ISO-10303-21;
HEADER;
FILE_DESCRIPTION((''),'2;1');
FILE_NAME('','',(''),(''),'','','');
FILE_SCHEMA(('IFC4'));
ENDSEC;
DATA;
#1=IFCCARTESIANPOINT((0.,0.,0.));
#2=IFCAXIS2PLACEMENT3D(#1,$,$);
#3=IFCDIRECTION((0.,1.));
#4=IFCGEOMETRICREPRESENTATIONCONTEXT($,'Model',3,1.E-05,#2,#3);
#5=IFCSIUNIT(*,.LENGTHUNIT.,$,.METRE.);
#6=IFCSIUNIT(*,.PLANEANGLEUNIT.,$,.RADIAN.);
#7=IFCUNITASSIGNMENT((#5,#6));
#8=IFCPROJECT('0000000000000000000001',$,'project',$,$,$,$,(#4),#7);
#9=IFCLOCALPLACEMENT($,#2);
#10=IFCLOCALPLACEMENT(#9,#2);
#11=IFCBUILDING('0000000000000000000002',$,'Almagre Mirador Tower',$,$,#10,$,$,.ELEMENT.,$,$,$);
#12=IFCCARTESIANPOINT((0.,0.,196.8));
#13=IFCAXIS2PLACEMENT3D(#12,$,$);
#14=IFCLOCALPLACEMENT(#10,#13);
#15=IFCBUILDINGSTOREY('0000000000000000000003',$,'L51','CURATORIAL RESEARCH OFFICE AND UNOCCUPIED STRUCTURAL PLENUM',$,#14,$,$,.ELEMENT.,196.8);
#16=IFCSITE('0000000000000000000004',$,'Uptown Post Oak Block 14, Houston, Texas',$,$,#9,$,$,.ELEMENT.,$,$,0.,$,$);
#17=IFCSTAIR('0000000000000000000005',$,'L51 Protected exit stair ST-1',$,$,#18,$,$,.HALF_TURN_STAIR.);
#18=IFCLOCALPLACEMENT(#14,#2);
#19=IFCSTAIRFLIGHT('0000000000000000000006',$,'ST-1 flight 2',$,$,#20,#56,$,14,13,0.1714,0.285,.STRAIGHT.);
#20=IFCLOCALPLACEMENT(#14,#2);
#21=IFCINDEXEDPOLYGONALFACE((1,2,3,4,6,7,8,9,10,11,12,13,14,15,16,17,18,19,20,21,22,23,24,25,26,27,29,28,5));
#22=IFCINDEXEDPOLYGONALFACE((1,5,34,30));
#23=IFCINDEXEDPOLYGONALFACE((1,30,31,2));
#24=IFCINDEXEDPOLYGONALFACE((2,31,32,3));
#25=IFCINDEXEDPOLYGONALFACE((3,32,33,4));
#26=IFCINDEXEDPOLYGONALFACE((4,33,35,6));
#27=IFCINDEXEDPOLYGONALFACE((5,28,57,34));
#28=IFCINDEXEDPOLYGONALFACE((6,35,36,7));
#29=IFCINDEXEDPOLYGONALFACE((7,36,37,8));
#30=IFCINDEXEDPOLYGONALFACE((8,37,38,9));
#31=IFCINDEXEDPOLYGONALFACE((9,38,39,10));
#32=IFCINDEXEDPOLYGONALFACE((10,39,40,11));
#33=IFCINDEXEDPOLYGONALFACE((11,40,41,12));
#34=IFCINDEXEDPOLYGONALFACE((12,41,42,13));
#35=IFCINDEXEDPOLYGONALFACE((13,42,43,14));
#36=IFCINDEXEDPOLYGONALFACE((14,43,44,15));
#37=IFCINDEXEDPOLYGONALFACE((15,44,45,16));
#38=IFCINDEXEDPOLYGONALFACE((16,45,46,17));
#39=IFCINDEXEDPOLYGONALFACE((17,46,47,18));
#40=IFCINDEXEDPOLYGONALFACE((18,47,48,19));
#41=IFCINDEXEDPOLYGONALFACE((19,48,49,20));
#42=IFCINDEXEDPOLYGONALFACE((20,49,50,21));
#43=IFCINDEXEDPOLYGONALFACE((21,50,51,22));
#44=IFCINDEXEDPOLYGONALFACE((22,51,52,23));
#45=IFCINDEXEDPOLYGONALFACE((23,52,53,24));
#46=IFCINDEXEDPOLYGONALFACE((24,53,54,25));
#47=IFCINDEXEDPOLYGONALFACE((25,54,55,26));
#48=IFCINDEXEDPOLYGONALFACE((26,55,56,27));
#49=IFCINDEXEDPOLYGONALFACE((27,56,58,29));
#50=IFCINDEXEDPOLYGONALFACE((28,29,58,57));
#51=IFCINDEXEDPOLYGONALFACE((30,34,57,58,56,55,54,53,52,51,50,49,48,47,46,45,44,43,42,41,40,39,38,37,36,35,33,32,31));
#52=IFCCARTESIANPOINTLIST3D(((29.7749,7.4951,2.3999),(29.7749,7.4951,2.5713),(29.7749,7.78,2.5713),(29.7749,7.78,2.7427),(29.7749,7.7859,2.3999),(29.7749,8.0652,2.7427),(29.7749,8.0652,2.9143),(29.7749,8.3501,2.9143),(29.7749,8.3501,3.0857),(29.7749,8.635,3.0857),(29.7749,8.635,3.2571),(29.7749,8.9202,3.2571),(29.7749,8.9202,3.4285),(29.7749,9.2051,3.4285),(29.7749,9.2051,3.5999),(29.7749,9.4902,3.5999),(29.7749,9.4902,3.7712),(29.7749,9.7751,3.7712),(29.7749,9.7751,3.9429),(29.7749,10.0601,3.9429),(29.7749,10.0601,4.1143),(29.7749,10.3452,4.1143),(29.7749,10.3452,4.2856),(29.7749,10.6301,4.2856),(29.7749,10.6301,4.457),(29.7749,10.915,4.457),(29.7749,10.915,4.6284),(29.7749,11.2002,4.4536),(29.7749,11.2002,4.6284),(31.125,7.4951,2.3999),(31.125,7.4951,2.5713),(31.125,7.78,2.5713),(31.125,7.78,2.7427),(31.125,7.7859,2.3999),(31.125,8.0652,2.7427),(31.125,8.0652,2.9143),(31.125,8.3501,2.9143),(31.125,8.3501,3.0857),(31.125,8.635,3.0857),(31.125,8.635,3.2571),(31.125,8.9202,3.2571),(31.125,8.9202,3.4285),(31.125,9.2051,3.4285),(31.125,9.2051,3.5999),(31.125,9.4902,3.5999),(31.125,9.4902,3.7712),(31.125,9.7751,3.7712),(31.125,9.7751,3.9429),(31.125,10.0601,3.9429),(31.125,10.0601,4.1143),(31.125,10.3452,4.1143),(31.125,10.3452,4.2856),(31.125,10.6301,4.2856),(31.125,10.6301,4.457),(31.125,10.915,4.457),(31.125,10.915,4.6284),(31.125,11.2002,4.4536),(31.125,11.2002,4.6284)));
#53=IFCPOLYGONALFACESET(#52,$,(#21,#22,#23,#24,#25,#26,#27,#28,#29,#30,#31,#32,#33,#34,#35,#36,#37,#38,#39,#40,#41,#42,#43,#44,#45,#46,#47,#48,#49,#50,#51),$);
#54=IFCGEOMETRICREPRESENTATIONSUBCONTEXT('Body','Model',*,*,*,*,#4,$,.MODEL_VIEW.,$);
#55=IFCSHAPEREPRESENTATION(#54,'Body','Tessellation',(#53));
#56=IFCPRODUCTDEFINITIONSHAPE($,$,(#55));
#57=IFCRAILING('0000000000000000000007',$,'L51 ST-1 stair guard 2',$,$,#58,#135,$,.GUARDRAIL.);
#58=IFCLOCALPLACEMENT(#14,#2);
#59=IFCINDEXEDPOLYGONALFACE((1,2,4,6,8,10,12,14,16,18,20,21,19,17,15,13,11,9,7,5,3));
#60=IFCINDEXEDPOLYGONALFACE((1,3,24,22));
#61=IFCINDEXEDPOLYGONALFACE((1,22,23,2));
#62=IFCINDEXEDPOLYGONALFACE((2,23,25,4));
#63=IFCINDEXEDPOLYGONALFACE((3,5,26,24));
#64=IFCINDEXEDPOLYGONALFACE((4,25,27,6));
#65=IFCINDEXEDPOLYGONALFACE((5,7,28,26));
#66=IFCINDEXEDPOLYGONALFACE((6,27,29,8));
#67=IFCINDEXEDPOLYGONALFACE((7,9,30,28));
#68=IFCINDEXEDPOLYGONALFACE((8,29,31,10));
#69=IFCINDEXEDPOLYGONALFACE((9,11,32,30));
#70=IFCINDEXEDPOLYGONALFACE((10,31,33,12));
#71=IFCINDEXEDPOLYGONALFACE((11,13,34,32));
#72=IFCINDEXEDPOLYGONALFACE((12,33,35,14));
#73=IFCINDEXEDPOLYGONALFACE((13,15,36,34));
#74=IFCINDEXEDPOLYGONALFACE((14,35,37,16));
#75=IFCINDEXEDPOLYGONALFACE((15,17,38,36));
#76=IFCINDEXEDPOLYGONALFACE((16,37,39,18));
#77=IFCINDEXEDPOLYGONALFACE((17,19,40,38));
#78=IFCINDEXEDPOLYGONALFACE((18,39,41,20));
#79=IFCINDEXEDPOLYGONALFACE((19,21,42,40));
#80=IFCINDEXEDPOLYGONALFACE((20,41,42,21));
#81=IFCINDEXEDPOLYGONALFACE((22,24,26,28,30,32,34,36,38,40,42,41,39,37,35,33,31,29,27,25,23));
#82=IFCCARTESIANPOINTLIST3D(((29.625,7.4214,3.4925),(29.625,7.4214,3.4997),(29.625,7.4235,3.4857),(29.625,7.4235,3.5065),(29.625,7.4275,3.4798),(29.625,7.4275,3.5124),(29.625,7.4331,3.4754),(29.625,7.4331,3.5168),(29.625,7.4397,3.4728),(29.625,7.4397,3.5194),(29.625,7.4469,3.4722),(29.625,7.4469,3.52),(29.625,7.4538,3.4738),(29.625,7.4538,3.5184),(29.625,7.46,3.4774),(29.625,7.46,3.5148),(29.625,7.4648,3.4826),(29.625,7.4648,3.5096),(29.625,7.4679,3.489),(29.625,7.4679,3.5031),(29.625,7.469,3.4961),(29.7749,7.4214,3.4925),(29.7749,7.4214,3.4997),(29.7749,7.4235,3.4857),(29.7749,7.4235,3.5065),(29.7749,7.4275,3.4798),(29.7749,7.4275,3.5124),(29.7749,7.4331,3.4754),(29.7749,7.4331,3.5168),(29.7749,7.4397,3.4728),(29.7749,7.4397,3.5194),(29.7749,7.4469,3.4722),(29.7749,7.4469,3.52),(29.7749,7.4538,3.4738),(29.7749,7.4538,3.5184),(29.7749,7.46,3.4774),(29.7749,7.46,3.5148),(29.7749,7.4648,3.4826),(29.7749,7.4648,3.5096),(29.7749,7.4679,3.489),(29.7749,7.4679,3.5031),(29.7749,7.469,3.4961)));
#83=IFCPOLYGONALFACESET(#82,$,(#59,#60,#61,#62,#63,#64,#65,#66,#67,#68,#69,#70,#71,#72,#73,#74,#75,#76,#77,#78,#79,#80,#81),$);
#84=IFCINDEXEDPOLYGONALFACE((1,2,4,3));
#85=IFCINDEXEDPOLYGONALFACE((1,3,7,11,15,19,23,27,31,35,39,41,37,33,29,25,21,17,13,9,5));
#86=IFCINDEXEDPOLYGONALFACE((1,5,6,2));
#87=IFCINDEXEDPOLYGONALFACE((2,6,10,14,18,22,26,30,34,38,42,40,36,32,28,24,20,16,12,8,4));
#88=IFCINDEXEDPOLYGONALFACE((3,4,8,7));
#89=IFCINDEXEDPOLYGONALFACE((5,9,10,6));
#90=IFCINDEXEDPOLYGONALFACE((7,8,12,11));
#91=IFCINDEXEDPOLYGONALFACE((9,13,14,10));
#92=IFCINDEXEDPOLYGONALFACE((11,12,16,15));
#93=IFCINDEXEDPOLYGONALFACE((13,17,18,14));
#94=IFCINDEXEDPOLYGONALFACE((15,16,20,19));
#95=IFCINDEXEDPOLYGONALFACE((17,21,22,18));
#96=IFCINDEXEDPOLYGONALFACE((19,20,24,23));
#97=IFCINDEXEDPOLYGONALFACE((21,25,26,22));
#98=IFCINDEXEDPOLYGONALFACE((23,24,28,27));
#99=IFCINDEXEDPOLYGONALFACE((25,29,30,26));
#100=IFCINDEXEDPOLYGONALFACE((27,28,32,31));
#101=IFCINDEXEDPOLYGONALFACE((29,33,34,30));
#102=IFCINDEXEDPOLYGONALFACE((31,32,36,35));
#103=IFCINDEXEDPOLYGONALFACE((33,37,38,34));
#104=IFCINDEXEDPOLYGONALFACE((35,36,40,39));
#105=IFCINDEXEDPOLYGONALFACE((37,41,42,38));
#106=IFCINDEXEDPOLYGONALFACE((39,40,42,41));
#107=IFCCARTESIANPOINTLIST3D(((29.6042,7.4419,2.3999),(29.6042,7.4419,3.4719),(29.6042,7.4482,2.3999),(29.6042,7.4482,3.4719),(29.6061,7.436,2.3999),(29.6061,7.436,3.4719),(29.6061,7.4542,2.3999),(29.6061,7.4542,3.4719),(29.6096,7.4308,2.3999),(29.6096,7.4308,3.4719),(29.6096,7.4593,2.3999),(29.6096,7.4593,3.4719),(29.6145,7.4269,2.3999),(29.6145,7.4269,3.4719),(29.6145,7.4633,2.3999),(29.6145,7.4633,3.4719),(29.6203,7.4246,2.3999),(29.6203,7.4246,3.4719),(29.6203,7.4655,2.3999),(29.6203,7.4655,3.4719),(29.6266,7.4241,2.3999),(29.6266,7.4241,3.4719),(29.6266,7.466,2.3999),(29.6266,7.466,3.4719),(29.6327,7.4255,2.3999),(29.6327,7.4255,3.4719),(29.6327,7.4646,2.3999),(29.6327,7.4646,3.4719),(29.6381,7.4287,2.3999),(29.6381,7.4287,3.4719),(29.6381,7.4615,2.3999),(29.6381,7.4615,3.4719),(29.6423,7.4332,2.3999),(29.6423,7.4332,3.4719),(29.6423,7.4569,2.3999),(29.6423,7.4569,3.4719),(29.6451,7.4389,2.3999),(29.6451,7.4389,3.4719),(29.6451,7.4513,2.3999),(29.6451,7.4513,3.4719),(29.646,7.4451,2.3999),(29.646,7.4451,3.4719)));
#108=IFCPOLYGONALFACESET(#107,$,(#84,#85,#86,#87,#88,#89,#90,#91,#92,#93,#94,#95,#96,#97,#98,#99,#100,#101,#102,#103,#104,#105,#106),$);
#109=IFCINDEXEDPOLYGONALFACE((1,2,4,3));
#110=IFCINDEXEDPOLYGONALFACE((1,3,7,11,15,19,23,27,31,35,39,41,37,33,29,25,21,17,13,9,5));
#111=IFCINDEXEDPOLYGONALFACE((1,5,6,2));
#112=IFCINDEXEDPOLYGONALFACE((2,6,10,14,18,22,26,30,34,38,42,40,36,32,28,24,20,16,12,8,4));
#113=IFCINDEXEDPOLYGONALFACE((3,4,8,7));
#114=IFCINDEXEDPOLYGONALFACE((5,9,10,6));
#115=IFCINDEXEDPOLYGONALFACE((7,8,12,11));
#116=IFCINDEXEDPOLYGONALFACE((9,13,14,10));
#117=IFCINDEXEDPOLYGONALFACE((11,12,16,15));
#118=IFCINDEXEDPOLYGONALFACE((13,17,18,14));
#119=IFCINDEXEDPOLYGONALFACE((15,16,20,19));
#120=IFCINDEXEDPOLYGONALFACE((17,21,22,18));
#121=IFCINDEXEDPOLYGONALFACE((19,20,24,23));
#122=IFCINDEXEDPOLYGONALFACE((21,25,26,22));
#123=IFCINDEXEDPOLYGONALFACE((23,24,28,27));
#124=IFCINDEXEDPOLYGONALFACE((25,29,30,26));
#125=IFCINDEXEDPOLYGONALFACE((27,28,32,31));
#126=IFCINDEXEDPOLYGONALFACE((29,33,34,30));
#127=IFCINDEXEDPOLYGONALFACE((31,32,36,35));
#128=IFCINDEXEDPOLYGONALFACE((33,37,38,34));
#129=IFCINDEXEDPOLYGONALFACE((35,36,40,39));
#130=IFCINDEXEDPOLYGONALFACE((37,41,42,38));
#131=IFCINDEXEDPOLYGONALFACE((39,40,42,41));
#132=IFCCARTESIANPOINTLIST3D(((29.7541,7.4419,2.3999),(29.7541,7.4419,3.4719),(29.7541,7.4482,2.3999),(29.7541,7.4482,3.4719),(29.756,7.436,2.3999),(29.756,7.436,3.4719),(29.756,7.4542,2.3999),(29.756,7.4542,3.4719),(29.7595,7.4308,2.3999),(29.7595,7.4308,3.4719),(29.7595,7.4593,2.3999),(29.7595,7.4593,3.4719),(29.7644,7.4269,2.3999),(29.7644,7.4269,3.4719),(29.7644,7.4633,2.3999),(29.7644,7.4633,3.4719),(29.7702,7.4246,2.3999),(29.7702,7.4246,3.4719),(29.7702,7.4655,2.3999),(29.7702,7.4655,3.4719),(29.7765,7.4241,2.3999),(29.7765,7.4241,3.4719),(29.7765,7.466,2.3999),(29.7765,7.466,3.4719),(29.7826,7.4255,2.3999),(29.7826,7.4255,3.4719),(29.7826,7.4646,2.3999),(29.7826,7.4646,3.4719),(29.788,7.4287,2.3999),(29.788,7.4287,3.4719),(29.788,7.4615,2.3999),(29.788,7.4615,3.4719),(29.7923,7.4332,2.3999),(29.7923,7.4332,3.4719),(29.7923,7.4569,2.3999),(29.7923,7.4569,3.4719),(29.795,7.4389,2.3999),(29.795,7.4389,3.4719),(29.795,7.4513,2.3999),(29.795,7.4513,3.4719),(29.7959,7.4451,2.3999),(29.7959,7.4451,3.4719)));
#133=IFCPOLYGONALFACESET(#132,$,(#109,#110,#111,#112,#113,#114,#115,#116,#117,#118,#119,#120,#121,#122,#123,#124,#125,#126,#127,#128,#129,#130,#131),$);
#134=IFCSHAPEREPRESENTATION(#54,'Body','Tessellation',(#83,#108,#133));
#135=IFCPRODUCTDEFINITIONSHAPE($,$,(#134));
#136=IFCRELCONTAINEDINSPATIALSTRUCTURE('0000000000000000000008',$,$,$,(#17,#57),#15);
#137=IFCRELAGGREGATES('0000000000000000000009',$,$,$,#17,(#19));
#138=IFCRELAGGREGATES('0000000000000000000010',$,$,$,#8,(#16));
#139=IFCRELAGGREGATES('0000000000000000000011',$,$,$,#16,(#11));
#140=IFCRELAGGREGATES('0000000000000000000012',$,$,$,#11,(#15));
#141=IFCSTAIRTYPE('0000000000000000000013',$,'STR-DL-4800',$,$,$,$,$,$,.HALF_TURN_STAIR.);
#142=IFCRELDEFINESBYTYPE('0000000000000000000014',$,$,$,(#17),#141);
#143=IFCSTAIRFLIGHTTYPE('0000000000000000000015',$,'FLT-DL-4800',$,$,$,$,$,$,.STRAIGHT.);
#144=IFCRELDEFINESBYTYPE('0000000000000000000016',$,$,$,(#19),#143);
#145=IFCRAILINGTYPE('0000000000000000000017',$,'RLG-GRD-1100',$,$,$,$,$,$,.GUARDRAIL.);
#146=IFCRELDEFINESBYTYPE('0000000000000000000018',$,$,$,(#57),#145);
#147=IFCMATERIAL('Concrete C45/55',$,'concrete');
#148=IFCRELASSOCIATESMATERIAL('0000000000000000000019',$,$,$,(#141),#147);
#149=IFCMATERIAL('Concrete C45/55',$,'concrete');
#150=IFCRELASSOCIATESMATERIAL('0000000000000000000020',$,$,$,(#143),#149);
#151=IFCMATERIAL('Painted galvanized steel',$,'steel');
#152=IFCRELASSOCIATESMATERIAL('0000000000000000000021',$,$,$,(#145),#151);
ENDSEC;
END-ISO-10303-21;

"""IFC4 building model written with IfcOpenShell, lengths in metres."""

from ifc_helpers import new_model, si_unit, direction, frame, origin, origin_2d, place, context, subcontext, project, spatial, polyline, circle, outline, extrude, material, type_object, element, aggregate, save


model = new_model("IFC4")

# Units and contexts
model_context = context("Model", 3, precision=1e-05, world=origin(), true_north=direction((0.0, 1.0)))
body_context = subcontext(model_context, "Body", "Model", "MODEL_VIEW")
ifc_project = project(units=[si_unit("LENGTHUNIT", "METRE"), si_unit("PLANEANGLEUNIT", "RADIAN")], contexts=[model_context])

# Site, building, storey
site_placement = place(None, origin())
site = spatial("IfcSite", under=ifc_project, at=site_placement, Name="Uptown Post Oak Block 14, Houston, Texas", CompositionType="ELEMENT", RefElevation=0.0)
building_placement = place(site_placement, origin())
building = spatial("IfcBuilding", under=site, at=building_placement, Name="Almagre Mirador Tower", CompositionType="ELEMENT")
storey_placement = place(building_placement, frame((0.0, 0.0, 196.8)))
storey = spatial("IfcBuildingStorey", under=building, at=storey_placement, Name="L51", Description="CURATORIAL RESEARCH OFFICE AND UNOCCUPIED STRUCTURAL PLENUM", CompositionType="ELEMENT", Elevation=196.8)

# Stair, stair flight
ifc_material_1 = material(Name="Concrete C45/55", Category="concrete")
stair_type = type_object("IfcStairType", Name="STR-DL-4800", PredefinedType="HALF_TURN_STAIR", material=ifc_material_1)
stair_placement = place(storey_placement, origin())
stair = element("IfcStair", 1, at=stair_placement, inside=storey, type_object=stair_type, Name="L51 Protected exit stair ST-1", PredefinedType="HALF_TURN_STAIR")
ifc_material_2 = material(Name="Concrete C45/55", Category="concrete")
stair_flight_type = type_object("IfcStairFlightType", Name="FLT-DL-4800", PredefinedType="STRAIGHT", material=ifc_material_2)
stair_flight_placement = place(storey_placement, frame((30.45, 7.4951, 2.3999), z_axis=(0.0, 0.0, 1.0), x_axis=(0.0, 1.0, 0.0)))
stair_flight = element("IfcStairFlight", 2, at=stair_flight_placement, type_object=stair_flight_type, Name="ST-1 flight 2", NumberOfRisers=14, NumberOfTreads=13, PredefinedType="STRAIGHT", RiserHeight=0.1714, TreadLength=0.285, context=body_context, shape_type="SweptSolid", body=[
    extrude(outline(polyline([(0.0, 0.0), (0.0, 0.1714), (0.2849, 0.1714), (0.2849, 0.3428), (0.5701, 0.3428), (0.5701, 0.5144), (0.855, 0.5144), (0.855, 0.6858), (1.1399, 0.6858), (1.1399, 0.8572), (1.425, 0.8572), (1.425, 1.0286), (1.71, 1.0286), (1.71, 1.2), (1.9951, 1.2), (1.9951, 1.3713), (2.28, 1.3713), (2.28, 1.543), (2.5649, 1.543), (2.5649, 1.7144), (2.8501, 1.7144), (2.8501, 1.8857), (3.135, 1.8857), (3.135, 2.0571), (3.4199, 2.0571), (3.4199, 2.2285), (3.7051, 2.2285), (3.7051, 2.3999), (3.7051, 2.0537), (0.2908, 0.0), (0.0, 0.0)])), frame((0.0, 0.675, 0.0), z_axis=(0.0, -1.0, 0.0), x_axis=(1.0, 0.0, 0.0)), (0.0, 0.0, 1.0), 1.3501),
])
aggregate(stair, [stair_flight])

# Railing
ifc_material_3 = material(Name="Painted galvanized steel", Category="steel")
railing_type_1 = type_object("IfcRailingType", Name="RLG-GRD-1100", PredefinedType="GUARDRAIL", material=ifc_material_3)
railing_1_placement = place(storey_placement, frame((29.625, 7.4451, 2.3999)))
element("IfcRailing", 3, at=railing_1_placement, inside=storey, type_object=railing_type_1, Name="L51 ST-1 stair guard 2", PredefinedType="GUARDRAIL", context=body_context, shape_type="SweptSolid", body=[
    extrude(circle(Radius=0.0239, at=origin_2d()), frame((0.0, 0.0, 1.0962), z_axis=(1.0, 0.0, 0.0), x_axis=(0.0, 1.0, 0.0)), (0.0, 0.0, 1.0), 0.1499),
    extrude(circle(Radius=0.021, at=origin_2d()), origin(), (0.0, 0.0, 1.0), 1.072),
    extrude(circle(Radius=0.021, at=origin_2d()), frame((0.1499, 0.0, 0.0)), (0.0, 0.0, 1.0), 1.072),
])

save(model, "model.ifc")
